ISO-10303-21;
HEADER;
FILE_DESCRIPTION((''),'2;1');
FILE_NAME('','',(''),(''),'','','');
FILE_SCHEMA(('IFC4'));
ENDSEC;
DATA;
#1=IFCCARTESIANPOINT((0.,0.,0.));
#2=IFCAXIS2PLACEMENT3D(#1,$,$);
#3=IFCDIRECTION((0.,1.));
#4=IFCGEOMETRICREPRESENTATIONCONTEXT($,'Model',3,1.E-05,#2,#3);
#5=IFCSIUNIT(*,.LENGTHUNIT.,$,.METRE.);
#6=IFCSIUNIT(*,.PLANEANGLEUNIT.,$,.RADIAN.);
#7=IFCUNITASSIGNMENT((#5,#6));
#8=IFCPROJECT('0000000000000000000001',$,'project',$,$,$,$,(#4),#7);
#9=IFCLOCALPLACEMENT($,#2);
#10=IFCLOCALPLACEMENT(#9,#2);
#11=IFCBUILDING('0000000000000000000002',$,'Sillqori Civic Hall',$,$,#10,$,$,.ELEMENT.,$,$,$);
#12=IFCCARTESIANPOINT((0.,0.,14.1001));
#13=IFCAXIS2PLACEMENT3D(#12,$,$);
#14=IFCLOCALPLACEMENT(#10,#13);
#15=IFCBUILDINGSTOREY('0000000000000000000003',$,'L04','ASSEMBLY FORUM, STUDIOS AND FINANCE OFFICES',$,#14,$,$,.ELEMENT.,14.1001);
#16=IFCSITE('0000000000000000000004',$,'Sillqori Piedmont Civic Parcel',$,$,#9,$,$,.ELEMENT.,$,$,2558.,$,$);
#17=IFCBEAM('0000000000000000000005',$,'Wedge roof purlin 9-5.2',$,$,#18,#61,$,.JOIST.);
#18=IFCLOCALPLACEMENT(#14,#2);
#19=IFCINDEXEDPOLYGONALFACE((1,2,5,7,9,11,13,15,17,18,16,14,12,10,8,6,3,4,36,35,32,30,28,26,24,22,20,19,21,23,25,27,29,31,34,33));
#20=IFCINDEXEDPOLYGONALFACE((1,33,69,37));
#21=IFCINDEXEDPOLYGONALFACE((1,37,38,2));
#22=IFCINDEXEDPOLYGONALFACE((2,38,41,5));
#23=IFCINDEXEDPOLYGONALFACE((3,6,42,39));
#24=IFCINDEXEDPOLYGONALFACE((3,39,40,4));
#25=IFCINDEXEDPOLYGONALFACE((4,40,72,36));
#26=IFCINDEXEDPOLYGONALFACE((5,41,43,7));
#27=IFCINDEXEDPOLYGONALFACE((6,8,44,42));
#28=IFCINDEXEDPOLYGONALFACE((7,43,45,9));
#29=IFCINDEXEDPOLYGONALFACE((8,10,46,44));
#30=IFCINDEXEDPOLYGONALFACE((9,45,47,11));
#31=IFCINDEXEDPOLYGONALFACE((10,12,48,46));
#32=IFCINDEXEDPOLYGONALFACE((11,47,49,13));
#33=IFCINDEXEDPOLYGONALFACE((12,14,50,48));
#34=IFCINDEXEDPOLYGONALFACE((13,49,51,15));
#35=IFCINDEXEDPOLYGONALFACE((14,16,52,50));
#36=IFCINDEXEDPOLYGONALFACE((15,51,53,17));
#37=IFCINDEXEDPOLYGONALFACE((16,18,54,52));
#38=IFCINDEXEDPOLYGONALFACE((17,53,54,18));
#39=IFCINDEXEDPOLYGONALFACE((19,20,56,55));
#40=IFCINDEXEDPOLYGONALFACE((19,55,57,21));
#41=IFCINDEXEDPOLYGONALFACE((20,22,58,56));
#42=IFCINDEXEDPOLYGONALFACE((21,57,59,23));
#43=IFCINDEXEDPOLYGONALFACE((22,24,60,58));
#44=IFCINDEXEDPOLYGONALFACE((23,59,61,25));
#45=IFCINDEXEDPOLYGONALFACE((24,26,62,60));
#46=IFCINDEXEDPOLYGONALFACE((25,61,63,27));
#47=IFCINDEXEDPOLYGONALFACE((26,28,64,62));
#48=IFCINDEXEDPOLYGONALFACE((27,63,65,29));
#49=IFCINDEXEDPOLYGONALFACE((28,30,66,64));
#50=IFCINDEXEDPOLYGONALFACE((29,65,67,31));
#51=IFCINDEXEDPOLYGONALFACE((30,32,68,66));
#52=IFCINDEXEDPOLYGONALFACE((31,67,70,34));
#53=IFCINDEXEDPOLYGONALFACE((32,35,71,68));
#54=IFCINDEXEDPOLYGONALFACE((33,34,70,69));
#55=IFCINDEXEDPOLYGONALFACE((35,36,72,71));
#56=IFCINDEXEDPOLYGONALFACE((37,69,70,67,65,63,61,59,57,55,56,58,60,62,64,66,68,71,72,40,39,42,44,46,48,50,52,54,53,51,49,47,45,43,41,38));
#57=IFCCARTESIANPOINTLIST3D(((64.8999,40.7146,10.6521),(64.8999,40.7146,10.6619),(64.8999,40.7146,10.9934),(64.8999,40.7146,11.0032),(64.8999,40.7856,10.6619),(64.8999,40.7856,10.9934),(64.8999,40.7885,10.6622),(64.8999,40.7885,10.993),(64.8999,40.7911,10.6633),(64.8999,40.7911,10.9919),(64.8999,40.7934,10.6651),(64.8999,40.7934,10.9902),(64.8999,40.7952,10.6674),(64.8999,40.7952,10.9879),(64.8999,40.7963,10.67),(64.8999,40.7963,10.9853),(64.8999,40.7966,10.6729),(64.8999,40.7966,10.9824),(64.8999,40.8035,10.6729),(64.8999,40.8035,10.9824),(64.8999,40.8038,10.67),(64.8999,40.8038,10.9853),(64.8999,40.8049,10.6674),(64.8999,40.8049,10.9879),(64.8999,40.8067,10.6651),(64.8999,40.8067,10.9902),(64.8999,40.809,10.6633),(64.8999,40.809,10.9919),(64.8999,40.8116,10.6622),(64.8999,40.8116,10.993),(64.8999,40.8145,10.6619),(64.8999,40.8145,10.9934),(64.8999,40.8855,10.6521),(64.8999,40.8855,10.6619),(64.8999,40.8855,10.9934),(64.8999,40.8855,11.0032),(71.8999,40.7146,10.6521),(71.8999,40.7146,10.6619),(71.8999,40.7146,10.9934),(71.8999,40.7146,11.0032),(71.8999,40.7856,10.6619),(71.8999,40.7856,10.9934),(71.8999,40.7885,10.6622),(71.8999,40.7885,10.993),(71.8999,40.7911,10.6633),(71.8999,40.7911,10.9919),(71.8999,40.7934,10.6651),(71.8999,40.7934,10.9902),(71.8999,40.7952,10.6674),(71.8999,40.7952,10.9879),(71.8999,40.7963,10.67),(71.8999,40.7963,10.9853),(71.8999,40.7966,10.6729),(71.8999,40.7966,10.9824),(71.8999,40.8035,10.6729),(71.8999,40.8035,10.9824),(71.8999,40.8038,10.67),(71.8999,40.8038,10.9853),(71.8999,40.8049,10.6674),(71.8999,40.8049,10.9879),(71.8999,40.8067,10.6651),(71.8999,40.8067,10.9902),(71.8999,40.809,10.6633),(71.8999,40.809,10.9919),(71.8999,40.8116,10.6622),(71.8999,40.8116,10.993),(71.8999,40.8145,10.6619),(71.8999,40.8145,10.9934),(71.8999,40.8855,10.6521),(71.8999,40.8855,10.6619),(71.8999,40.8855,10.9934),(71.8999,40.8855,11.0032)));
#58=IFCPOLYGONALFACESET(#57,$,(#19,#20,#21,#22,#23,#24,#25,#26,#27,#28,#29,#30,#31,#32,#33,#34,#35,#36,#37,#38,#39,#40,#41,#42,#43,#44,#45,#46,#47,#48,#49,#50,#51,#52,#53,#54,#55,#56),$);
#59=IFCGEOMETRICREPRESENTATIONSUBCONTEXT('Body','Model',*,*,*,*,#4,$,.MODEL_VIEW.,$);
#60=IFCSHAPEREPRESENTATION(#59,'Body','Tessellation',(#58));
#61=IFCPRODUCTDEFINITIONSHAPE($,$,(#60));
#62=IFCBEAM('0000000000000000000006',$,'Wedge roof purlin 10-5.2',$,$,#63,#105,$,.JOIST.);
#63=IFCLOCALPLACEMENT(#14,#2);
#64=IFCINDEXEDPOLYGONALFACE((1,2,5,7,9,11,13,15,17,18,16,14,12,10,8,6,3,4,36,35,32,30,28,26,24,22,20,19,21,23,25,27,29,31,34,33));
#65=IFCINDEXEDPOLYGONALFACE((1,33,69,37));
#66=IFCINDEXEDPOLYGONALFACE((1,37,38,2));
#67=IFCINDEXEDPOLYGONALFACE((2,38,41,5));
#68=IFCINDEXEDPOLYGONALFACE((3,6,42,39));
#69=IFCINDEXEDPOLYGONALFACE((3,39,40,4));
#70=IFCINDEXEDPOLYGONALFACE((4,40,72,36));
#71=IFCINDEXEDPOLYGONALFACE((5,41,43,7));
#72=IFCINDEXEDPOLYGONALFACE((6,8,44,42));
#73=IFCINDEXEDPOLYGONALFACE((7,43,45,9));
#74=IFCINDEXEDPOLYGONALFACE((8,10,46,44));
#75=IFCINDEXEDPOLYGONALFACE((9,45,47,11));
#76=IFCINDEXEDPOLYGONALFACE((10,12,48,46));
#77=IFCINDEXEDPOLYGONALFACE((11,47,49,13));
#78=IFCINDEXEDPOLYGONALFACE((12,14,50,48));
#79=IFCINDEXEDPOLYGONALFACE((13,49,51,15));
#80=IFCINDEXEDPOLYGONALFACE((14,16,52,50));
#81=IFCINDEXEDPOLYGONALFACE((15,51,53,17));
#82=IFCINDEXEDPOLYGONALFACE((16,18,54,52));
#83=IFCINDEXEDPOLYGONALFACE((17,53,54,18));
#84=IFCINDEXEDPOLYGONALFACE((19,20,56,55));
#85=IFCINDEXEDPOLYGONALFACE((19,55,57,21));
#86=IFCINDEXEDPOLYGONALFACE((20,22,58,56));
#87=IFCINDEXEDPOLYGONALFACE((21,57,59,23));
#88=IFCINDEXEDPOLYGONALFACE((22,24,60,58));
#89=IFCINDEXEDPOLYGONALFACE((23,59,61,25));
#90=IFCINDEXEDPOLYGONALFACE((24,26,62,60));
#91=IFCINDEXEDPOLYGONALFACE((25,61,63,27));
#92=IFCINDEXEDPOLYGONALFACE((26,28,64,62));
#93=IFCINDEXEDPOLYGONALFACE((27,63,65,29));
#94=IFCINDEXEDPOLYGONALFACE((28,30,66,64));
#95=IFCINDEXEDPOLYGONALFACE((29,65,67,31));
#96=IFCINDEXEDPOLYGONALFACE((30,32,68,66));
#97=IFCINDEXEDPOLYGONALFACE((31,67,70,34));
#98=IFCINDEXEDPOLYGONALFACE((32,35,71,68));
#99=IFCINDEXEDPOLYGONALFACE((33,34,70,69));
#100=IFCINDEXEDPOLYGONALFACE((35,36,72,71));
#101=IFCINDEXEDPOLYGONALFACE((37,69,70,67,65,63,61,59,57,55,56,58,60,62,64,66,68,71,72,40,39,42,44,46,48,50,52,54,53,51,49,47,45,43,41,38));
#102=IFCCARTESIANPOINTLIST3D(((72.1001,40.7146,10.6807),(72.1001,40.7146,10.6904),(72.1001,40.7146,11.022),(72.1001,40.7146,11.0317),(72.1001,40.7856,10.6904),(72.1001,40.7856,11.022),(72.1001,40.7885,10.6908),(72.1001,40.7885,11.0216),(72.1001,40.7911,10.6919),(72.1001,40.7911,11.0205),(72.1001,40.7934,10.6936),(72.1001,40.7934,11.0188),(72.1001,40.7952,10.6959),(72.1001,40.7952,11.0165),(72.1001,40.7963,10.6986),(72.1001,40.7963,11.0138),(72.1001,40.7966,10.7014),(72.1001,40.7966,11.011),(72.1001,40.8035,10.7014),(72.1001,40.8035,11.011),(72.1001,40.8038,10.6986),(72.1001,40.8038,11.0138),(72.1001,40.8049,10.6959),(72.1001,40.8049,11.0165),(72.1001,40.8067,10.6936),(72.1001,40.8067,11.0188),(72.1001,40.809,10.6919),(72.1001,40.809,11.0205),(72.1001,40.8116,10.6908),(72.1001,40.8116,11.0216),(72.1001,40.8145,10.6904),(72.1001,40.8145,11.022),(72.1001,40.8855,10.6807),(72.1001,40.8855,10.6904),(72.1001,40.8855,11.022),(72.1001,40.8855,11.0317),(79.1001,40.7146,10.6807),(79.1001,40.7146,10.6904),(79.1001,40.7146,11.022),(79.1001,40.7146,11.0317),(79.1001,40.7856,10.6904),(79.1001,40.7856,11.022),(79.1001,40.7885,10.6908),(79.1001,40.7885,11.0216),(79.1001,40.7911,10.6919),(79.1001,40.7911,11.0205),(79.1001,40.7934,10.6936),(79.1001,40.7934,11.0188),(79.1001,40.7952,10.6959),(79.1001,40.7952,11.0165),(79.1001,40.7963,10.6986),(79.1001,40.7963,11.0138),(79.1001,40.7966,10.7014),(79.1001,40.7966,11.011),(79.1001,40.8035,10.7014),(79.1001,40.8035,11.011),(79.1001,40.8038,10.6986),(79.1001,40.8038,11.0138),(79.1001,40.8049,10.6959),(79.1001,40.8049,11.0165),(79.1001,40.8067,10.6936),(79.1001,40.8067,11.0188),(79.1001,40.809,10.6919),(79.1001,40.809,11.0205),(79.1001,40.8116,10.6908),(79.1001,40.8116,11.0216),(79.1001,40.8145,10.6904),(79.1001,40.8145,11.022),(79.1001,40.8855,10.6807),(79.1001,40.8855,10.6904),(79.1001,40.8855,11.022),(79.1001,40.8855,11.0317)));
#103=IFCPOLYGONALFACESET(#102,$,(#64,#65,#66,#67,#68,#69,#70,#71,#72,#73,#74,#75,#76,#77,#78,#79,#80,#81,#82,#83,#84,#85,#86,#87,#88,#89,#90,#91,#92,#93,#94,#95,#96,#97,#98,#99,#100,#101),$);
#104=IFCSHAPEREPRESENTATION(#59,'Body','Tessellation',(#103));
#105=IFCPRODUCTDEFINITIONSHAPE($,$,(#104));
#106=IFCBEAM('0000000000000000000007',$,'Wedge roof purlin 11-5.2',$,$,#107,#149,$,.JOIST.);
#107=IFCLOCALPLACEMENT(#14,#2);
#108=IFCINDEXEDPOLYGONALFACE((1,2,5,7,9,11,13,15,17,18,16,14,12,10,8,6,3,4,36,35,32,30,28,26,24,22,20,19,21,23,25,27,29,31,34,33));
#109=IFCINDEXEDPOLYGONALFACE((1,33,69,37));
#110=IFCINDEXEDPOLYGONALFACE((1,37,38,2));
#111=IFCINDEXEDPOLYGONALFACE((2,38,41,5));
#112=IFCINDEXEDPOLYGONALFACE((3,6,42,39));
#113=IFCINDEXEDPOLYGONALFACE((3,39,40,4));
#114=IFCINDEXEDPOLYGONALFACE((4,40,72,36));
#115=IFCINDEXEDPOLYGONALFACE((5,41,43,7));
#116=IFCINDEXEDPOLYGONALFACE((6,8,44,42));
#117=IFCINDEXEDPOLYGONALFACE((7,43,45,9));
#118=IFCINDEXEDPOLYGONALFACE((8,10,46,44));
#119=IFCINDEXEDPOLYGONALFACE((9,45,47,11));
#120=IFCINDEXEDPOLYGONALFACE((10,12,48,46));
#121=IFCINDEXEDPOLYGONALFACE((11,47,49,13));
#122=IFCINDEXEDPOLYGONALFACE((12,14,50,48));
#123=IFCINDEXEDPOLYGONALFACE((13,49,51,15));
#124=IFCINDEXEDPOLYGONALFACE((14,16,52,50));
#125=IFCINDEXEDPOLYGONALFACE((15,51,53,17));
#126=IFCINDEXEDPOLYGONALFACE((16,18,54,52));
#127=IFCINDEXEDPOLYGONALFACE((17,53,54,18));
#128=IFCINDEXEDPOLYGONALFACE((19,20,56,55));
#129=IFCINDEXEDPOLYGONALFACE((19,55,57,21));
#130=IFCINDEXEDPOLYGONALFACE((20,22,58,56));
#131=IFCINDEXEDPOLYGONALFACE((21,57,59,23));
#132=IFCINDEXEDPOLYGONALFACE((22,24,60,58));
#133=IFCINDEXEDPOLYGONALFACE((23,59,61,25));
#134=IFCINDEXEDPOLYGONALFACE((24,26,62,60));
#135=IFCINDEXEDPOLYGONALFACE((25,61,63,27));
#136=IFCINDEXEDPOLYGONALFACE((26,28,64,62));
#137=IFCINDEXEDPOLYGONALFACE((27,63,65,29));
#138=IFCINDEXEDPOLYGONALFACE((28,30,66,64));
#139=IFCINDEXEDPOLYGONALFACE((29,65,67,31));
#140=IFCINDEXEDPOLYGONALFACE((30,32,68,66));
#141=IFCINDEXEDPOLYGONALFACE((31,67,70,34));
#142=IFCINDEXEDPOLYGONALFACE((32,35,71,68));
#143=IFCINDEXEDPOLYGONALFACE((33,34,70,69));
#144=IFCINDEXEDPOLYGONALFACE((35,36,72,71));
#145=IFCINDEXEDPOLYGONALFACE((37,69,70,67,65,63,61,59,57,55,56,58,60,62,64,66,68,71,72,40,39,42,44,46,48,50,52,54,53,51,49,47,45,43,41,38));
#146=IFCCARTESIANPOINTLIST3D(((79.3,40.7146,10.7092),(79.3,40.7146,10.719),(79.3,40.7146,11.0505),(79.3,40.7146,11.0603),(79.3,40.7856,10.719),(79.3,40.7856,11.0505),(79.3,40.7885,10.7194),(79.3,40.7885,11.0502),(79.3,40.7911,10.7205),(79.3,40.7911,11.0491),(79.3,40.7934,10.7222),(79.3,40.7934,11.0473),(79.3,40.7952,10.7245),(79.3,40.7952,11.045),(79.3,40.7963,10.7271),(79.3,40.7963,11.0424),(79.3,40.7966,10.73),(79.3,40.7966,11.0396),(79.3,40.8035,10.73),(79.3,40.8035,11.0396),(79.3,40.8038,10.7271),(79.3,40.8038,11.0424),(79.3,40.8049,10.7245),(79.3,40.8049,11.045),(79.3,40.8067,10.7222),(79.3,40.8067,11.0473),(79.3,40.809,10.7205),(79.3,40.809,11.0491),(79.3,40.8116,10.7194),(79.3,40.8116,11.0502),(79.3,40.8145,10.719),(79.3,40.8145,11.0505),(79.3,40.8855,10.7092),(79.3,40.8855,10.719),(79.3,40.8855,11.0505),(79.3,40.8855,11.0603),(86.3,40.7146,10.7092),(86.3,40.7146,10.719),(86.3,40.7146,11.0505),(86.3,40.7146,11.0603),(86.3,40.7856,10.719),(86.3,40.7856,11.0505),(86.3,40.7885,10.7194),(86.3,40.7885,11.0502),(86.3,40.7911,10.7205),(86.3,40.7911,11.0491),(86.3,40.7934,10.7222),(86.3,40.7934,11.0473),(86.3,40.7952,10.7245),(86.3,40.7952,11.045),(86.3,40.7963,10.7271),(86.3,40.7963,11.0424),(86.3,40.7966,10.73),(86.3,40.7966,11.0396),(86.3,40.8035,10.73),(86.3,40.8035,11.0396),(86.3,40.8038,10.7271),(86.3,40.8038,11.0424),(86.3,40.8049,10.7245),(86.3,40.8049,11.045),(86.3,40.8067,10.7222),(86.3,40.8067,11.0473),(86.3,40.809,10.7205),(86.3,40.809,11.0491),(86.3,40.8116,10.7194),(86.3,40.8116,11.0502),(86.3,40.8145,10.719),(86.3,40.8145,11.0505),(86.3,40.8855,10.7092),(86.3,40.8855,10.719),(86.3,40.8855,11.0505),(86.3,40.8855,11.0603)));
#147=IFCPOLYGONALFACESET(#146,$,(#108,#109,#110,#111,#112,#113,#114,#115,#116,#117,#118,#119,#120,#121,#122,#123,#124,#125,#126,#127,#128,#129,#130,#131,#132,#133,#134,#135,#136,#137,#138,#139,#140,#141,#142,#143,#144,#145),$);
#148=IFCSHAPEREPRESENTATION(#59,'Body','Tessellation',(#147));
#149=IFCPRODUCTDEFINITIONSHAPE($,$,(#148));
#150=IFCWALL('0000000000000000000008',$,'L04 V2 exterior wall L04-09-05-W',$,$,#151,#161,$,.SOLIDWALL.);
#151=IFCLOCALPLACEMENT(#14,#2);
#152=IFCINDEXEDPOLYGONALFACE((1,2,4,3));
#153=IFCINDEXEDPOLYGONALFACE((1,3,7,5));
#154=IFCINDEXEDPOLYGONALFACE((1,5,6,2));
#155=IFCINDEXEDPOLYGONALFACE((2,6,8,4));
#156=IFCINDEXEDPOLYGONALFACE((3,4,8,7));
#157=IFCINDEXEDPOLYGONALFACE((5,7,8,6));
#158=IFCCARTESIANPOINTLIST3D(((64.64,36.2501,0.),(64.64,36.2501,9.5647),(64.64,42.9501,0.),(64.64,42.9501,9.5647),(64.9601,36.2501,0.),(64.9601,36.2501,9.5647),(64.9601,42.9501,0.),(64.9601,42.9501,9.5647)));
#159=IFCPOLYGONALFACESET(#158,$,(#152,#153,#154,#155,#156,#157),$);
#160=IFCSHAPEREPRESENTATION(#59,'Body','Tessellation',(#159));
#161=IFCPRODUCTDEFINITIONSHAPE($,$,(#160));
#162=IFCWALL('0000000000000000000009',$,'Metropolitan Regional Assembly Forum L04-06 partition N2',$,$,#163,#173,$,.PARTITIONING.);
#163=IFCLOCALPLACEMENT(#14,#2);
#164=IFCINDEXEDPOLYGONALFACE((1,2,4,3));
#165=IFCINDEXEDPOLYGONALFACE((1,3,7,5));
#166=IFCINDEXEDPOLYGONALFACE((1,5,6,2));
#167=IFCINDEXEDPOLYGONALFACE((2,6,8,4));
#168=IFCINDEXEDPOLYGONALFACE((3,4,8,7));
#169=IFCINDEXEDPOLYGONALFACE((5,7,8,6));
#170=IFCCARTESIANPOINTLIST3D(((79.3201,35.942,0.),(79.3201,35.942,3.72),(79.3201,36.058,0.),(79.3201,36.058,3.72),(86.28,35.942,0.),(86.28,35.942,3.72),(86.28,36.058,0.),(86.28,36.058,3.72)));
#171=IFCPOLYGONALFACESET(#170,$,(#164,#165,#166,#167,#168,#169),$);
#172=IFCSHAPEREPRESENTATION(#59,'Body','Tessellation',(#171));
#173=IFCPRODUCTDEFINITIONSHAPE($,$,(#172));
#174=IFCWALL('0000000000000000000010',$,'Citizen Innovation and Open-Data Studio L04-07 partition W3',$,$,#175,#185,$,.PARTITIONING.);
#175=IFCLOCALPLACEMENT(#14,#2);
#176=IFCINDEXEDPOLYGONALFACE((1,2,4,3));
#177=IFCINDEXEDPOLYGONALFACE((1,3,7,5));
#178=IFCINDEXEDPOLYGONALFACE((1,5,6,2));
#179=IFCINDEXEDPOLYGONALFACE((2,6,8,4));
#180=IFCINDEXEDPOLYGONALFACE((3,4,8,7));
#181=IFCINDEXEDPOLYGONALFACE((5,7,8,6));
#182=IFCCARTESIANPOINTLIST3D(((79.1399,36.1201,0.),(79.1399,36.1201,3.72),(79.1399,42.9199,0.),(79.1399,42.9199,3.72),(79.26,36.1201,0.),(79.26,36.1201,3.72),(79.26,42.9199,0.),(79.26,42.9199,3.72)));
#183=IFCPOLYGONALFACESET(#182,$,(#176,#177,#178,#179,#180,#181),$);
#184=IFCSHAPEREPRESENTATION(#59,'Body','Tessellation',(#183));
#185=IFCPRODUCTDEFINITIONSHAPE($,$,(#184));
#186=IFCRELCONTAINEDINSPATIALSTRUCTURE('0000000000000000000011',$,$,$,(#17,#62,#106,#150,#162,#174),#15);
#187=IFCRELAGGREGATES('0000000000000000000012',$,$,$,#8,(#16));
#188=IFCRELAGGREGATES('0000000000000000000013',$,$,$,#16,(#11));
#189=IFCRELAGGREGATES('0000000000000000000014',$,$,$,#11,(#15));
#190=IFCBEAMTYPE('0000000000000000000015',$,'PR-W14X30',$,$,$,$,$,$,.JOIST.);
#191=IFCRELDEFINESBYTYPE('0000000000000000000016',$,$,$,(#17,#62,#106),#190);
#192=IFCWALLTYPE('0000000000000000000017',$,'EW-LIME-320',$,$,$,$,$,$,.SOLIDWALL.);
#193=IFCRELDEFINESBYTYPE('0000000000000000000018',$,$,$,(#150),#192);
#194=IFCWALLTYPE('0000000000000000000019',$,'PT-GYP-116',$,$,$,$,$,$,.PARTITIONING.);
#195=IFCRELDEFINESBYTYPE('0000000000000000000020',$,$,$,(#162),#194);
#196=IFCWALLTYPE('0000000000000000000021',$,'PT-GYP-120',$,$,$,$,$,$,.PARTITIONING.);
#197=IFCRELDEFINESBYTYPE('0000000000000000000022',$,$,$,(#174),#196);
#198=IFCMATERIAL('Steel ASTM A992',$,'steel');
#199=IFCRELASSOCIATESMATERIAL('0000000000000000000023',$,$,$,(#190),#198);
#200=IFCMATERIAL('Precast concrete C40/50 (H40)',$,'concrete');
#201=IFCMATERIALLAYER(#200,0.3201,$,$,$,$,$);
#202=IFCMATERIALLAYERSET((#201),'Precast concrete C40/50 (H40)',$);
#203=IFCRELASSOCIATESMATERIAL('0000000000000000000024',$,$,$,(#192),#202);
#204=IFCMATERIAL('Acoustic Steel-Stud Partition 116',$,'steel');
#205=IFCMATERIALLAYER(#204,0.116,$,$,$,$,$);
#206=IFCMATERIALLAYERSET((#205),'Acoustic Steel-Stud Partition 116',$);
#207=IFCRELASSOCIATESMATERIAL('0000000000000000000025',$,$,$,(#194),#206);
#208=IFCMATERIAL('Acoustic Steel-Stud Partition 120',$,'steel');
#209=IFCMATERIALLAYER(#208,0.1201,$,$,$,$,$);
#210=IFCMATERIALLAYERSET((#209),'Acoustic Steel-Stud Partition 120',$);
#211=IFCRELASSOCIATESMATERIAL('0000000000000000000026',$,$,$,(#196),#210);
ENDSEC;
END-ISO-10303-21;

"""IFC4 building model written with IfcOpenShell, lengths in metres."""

from ifc_helpers import new_model, si_unit, direction, frame, frame_2d, origin, origin_2d, place, context, subcontext, project, spatial, rectangle, i_section, extrude, material, layer, layer_set, material_profile, profile_set, type_object, element, save


model = new_model("IFC4")

# Units and contexts
model_context = context("Model", 3, precision=1e-05, world=origin(), true_north=direction((0.0, 1.0)))
body_context = subcontext(model_context, "Body", "Model", "MODEL_VIEW")
ifc_project = project(units=[si_unit("LENGTHUNIT", "METRE"), si_unit("PLANEANGLEUNIT", "RADIAN")], contexts=[model_context])

# Site, building, storey
site_placement = place(None, origin())
site = spatial("IfcSite", under=ifc_project, at=site_placement, Name="Sillqori Piedmont Civic Parcel", CompositionType="ELEMENT", RefElevation=2558.0)
building_placement = place(site_placement, origin())
building = spatial("IfcBuilding", under=site, at=building_placement, Name="Sillqori Civic Hall", CompositionType="ELEMENT")
storey_placement = place(building_placement, frame((0.0, 0.0, 14.1001)))
storey = spatial("IfcBuildingStorey", under=building, at=storey_placement, Name="L04", Description="ASSEMBLY FORUM, STUDIOS AND FINANCE OFFICES", CompositionType="ELEMENT", Elevation=14.1001)

# Shared definitions
ifc_material_1 = material(Name="Steel ASTM A992", Category="steel")

# Beams
ifc_material_profile_1 = material_profile(ifc_material_1, i_section(OverallWidth=0.1709, OverallDepth=0.3511, WebThickness=0.0068, FlangeThickness=0.0098, FilletRadius=0.011, at=origin_2d()), Name="W14X30")
ifc_profile_set_1 = profile_set([ifc_material_profile_1], Name="Steel ASTM A992")
beam_type_1 = type_object("IfcBeamType", Name="PR-W14X30", PredefinedType="JOIST", material=ifc_profile_set_1)
for number, where, z_axis, x_axis, name in (
    (1, (64.8999, 40.8, 10.8276), (1.0, 0.0, 0.0), (0.0, 1.0, 0.0), "Wedge roof purlin 9-5.2"),
    (2, (72.1001, 40.8, 10.8562), (1.0, 0.0, 0.0), (0.0, 1.0, 0.0), "Wedge roof purlin 10-5.2"),
    (3, (79.3, 40.8, 10.8848), (1.0, 0.0, 0.0), (0.0, 1.0, 0.0), "Wedge roof purlin 11-5.2"),
):
    element("IfcBeam", number, at=place(storey_placement, frame(where, z_axis=z_axis, x_axis=x_axis)), inside=storey, type_object=beam_type_1, Name=name, PredefinedType="JOIST", context=body_context, shape_type="SweptSolid", body=[
        extrude(i_section(OverallWidth=0.1709, OverallDepth=0.3511, WebThickness=0.0068, FlangeThickness=0.0098, FilletRadius=0.011, at=origin_2d()), origin(), (0.0, 0.0, 1.0), 7.0),
    ])

# Walls
ifc_material_2 = material(Name="Precast concrete C40/50 (H40)", Category="concrete")
ifc_layer_1 = layer(ifc_material_2, 0.3201)
ifc_layer_set_1 = layer_set([ifc_layer_1], Name="Precast concrete C40/50 (H40)")
wall_type_1 = type_object("IfcWallType", Name="EW-LIME-320", PredefinedType="SOLIDWALL", material=ifc_layer_set_1)
wall_1_placement = place(storey_placement, frame((64.8, 36.25, 0.0), z_axis=(0.0, 0.0, 1.0), x_axis=(0.0, 1.0, 0.0)))
element("IfcWall", 4, at=wall_1_placement, inside=storey, type_object=wall_type_1, Name="L04 V2 exterior wall L04-09-05-W", PredefinedType="SOLIDWALL", context=body_context, shape_type="SweptSolid", body=[
    extrude(rectangle(XDim=6.7, YDim=0.3201, at=frame_2d((3.3501, 0.0))), origin(), (0.0, 0.0, 1.0), 9.5647),
])
ifc_material_3 = material(Name="Acoustic Steel-Stud Partition 116", Category="steel")
ifc_layer_2 = layer(ifc_material_3, 0.116)
ifc_layer_set_2 = layer_set([ifc_layer_2], Name="Acoustic Steel-Stud Partition 116")
wall_type_2 = type_object("IfcWallType", Name="PT-GYP-116", PredefinedType="PARTITIONING", material=ifc_layer_set_2)
wall_2_placement = place(storey_placement, frame((79.3201, 36.0, 0.0), z_axis=(0.0, 0.0, 1.0), x_axis=(1.0, 0.0, 0.0)))
element("IfcWall", 5, at=wall_2_placement, inside=storey, type_object=wall_type_2, Name="Metropolitan Regional Assembly Forum L04-06 partition N2", PredefinedType="PARTITIONING", context=body_context, shape_type="SweptSolid", body=[
    extrude(rectangle(XDim=6.96, YDim=0.116, at=frame_2d((3.48, 0.0))), origin(), (0.0, 0.0, 1.0), 3.72),
])
ifc_material_4 = material(Name="Acoustic Steel-Stud Partition 120", Category="steel")
ifc_layer_3 = layer(ifc_material_4, 0.1201)
ifc_layer_set_3 = layer_set([ifc_layer_3], Name="Acoustic Steel-Stud Partition 120")
wall_type_3 = type_object("IfcWallType", Name="PT-GYP-120", PredefinedType="PARTITIONING", material=ifc_layer_set_3)
wall_3_placement = place(storey_placement, frame((79.2, 36.1201, 0.0), z_axis=(0.0, 0.0, 1.0), x_axis=(0.0, 1.0, 0.0)))
element("IfcWall", 6, at=wall_3_placement, inside=storey, type_object=wall_type_3, Name="Citizen Innovation and Open-Data Studio L04-07 partition W3", PredefinedType="PARTITIONING", context=body_context, shape_type="SweptSolid", body=[
    extrude(rectangle(XDim=6.7998, YDim=0.1201, at=frame_2d((3.3999, 0.0))), origin(), (0.0, 0.0, 1.0), 3.72),
])

save(model, "model.ifc")
